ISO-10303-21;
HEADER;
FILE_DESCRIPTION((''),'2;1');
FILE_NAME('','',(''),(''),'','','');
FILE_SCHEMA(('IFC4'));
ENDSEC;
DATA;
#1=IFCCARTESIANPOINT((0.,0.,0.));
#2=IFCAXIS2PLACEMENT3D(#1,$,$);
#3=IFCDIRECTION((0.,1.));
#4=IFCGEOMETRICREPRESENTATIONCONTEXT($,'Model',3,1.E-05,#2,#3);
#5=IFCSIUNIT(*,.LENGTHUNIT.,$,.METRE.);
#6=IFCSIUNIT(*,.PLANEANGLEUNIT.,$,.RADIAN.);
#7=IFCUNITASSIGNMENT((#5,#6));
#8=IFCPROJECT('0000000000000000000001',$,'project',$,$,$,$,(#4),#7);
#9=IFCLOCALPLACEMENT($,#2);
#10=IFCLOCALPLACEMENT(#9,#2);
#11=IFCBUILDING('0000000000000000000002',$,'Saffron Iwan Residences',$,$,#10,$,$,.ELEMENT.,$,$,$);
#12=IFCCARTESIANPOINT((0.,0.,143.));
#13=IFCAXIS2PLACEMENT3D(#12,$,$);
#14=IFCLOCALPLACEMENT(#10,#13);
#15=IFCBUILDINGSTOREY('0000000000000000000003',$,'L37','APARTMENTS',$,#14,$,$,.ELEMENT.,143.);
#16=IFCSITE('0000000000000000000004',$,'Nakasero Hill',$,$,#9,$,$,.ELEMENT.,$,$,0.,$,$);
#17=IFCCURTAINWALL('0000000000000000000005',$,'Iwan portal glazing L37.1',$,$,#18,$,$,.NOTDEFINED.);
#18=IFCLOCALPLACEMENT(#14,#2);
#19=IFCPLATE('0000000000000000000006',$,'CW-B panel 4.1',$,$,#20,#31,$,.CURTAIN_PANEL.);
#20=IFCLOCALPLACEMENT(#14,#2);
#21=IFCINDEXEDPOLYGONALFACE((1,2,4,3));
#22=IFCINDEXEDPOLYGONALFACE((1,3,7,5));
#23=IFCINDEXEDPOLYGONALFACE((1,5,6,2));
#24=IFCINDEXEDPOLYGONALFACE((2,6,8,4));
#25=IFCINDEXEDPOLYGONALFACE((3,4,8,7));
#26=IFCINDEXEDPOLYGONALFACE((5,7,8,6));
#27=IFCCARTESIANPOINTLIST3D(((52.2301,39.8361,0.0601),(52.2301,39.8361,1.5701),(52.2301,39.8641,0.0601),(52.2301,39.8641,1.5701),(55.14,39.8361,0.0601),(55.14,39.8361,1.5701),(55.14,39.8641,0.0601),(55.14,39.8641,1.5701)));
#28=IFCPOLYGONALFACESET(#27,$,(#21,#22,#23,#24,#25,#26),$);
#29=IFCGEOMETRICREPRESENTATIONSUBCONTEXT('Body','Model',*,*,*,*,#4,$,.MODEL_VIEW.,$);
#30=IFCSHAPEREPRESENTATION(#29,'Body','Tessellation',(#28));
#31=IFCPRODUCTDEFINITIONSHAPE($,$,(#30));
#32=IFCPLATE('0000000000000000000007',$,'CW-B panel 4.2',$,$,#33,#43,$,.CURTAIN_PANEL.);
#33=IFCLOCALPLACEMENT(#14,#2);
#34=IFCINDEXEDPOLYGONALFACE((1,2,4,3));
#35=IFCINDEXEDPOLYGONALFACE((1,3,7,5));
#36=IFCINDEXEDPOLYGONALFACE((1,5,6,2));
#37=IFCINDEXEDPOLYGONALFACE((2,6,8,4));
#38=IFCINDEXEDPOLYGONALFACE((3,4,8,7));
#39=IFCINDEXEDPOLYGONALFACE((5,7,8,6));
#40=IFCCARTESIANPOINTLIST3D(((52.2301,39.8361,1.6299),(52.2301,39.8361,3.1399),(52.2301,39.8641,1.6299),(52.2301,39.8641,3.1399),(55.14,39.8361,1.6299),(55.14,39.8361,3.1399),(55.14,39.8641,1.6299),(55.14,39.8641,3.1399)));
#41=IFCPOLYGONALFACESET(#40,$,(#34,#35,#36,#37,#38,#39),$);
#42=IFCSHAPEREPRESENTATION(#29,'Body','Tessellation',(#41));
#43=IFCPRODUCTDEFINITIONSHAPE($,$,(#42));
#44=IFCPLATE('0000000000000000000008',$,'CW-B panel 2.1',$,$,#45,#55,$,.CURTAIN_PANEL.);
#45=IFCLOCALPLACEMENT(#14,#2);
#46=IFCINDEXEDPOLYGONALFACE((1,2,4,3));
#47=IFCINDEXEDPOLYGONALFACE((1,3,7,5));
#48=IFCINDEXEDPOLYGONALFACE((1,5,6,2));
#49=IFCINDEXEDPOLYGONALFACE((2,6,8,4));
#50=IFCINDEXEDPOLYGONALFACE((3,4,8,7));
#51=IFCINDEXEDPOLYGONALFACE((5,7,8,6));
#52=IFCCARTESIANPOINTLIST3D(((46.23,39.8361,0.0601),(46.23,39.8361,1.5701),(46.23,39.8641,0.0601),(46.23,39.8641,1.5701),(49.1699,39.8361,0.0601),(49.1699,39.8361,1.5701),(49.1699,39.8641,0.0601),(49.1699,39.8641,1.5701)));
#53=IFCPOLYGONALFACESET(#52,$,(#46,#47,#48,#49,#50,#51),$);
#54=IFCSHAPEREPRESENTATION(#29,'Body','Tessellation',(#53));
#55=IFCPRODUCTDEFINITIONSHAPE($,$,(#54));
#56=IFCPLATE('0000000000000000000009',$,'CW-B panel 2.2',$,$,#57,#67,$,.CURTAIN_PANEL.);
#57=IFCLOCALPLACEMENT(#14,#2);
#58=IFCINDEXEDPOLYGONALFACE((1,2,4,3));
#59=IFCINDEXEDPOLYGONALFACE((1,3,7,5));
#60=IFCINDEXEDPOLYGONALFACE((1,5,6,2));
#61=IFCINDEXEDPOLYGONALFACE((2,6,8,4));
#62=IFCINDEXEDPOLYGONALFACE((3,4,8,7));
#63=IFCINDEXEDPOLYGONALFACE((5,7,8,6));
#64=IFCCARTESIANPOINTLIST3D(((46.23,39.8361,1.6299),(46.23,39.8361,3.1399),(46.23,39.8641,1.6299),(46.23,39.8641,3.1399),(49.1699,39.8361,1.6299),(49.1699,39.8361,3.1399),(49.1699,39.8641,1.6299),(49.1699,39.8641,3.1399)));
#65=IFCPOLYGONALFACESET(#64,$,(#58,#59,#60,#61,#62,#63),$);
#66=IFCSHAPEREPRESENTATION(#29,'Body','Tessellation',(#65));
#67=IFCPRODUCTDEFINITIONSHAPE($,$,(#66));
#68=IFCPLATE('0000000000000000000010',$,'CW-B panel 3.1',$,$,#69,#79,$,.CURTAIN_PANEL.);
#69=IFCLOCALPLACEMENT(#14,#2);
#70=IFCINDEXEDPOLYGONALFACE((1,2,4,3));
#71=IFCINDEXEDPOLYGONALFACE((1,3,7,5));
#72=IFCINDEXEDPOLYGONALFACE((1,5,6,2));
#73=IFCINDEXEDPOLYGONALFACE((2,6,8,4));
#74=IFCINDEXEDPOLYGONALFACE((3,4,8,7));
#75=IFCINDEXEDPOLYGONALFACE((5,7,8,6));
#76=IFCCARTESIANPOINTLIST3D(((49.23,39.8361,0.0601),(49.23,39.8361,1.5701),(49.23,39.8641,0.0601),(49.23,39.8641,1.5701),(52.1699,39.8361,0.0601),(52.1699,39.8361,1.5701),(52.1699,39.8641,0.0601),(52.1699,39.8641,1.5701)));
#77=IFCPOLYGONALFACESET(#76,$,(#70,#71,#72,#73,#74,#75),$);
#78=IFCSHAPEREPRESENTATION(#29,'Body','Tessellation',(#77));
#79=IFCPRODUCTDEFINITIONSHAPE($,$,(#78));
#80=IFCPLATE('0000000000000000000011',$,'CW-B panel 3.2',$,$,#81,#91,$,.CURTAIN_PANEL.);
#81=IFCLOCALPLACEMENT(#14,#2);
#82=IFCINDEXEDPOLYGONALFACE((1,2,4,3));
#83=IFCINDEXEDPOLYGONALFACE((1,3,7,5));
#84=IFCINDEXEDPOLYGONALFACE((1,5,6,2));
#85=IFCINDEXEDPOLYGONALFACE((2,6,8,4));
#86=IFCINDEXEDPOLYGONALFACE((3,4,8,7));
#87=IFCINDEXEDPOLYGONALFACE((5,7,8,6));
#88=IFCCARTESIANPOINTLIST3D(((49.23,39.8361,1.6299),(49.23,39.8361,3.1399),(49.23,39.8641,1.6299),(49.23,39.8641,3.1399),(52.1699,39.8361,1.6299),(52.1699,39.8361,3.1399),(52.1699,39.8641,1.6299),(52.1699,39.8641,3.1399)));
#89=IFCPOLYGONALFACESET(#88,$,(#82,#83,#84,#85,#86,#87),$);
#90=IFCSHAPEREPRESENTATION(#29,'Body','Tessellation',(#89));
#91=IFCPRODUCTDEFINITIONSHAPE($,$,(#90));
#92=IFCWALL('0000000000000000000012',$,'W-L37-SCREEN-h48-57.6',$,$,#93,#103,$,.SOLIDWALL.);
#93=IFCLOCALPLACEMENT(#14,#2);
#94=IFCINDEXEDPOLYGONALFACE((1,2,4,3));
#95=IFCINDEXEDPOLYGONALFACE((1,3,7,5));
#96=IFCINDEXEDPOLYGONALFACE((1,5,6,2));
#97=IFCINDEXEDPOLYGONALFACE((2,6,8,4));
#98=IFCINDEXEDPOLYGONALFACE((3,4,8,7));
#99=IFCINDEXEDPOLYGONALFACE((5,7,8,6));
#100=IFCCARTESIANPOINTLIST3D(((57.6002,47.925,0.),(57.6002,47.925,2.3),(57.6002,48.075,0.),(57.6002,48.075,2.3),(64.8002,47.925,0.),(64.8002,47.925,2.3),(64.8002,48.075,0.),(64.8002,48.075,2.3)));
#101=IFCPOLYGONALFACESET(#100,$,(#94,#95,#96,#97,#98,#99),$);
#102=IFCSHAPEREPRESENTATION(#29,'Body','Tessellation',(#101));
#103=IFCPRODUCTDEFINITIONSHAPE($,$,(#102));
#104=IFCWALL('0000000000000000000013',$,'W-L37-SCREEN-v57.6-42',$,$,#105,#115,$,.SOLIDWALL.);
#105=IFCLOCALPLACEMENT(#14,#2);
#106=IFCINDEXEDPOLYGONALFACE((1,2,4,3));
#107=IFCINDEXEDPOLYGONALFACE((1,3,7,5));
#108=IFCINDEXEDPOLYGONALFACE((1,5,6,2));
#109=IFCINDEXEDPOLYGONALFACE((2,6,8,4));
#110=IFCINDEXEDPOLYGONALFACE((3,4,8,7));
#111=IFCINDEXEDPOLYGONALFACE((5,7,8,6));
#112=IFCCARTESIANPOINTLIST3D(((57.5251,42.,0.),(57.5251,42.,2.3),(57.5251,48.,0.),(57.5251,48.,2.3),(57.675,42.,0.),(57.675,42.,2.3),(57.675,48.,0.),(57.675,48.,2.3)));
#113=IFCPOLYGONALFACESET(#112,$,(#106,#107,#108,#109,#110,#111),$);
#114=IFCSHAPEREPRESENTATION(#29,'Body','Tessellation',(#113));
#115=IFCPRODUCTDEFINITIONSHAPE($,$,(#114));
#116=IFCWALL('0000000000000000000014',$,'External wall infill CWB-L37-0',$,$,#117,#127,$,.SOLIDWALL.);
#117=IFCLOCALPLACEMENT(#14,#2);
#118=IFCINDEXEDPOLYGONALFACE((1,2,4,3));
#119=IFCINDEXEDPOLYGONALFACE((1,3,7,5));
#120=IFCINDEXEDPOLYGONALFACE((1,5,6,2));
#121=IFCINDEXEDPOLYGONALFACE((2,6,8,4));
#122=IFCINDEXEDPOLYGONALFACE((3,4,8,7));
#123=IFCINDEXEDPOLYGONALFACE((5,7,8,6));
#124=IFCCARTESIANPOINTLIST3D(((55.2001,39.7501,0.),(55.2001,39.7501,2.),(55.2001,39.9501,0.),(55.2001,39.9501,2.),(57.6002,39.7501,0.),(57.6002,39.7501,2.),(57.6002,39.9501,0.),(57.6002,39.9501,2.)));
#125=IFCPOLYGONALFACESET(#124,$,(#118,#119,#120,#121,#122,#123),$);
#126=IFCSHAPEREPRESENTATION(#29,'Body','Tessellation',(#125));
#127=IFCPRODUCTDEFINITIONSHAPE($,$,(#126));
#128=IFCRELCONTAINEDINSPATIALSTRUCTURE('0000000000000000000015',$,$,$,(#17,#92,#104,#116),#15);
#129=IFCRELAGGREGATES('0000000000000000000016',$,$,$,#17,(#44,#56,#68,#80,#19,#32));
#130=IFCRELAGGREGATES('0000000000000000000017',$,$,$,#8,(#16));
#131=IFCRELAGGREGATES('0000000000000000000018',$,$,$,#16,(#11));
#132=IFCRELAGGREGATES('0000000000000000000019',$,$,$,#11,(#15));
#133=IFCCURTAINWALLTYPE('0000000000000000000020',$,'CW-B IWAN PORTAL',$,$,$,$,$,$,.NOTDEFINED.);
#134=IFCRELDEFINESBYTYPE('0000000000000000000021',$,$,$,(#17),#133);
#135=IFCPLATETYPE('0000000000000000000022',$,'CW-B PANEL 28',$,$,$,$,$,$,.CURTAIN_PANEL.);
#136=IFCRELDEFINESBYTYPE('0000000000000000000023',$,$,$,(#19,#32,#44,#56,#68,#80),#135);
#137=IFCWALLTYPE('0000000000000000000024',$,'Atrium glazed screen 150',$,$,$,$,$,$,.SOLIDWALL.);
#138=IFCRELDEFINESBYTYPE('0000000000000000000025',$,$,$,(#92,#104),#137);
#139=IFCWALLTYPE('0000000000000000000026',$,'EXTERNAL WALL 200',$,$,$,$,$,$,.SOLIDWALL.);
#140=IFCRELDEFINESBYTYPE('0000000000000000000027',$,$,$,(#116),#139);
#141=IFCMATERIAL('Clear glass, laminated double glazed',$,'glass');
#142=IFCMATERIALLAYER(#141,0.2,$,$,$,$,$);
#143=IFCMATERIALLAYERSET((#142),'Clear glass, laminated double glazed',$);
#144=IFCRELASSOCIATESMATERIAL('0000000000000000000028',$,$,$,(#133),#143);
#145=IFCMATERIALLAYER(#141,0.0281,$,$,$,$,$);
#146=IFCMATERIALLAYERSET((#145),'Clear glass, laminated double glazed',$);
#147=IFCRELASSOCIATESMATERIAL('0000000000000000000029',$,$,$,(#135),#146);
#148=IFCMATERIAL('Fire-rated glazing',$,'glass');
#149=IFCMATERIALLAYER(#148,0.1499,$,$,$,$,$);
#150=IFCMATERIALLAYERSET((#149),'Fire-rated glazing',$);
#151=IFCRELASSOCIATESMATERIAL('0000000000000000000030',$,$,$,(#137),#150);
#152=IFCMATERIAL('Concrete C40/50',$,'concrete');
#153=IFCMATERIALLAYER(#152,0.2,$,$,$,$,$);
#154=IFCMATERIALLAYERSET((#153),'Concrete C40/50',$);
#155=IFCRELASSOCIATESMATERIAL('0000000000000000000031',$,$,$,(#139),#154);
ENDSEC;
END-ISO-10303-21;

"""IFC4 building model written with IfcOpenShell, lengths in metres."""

from ifc_helpers import new_model, si_unit, direction, frame, frame_2d, origin, origin_2d, place, context, subcontext, project, spatial, rectangle, extrude, source, transform, mapped, material, layer, layer_set, type_object, element, aggregate, save


model = new_model("IFC4")

# Units and contexts
model_context = context("Model", 3, precision=1e-05, world=origin(), true_north=direction((0.0, 1.0)))
body_context = subcontext(model_context, "Body", "Model", "MODEL_VIEW")
ifc_project = project(units=[si_unit("LENGTHUNIT", "METRE"), si_unit("PLANEANGLEUNIT", "RADIAN")], contexts=[model_context])

# Site, building, storey
site_placement = place(None, origin())
site = spatial("IfcSite", under=ifc_project, at=site_placement, Name="Nakasero Hill", CompositionType="ELEMENT", RefElevation=0.0)
building_placement = place(site_placement, origin())
building = spatial("IfcBuilding", under=site, at=building_placement, Name="Saffron Iwan Residences", CompositionType="ELEMENT")
storey_placement = place(building_placement, frame((0.0, 0.0, 143.0)))
storey = spatial("IfcBuildingStorey", under=building, at=storey_placement, Name="L37", Description="APARTMENTS", CompositionType="ELEMENT", Elevation=143.0)

# Curtain wall, plates
ifc_material_1 = material(Name="Clear glass, laminated double glazed", Category="glass")
ifc_layer_1 = layer(ifc_material_1, 0.2)
ifc_layer_set_1 = layer_set([ifc_layer_1], Name="Clear glass, laminated double glazed")
curtain_wall_type = type_object("IfcCurtainWallType", Name="CW-B IWAN PORTAL", PredefinedType="NOTDEFINED", material=ifc_layer_set_1)
curtain_wall_placement = place(storey_placement, origin())
curtain_wall = element("IfcCurtainWall", 1, at=curtain_wall_placement, inside=storey, type_object=curtain_wall_type, Name="Iwan portal glazing L37.1", PredefinedType="NOTDEFINED")
ifc_layer_2 = layer(ifc_material_1, 0.0281)
ifc_layer_set_2 = layer_set([ifc_layer_2], Name="Clear glass, laminated double glazed")
plate_type = type_object("IfcPlateType", Name="CW-B PANEL 28", PredefinedType="CURTAIN_PANEL", material=ifc_layer_set_2)
shared_shape_1 = source(origin(), body_context, "Body", "SweptSolid", [
    extrude(rectangle(XDim=2.9099, YDim=0.0281, at=origin_2d()), origin(), (0.0, 0.0, 1.0), 1.51),
])
plate_1_placement = place(storey_placement, frame((53.6851, 39.8501, 0.0601), z_axis=(0.0, 0.0, 1.0), x_axis=(1.0, 0.0, 0.0)))
plate_1 = element("IfcPlate", 2, at=plate_1_placement, type_object=plate_type, Name="CW-B panel 4.1", PredefinedType="CURTAIN_PANEL", context=body_context, shape_type="MappedRepresentation", body=[
    mapped(shared_shape_1, transform((0.0, 0.0, 0.0))),
])
plate_2_placement = place(storey_placement, frame((53.6851, 39.8501, 1.6299), z_axis=(0.0, 0.0, 1.0), x_axis=(1.0, 0.0, 0.0)))
plate_2 = element("IfcPlate", 3, at=plate_2_placement, type_object=plate_type, Name="CW-B panel 4.2", PredefinedType="CURTAIN_PANEL", context=body_context, shape_type="MappedRepresentation", body=[
    mapped(shared_shape_1, transform((0.0, 0.0, 0.0))),
])
shared_shape_2 = source(origin(), body_context, "Body", "SweptSolid", [
    extrude(rectangle(XDim=2.9399, YDim=0.0281, at=origin_2d()), origin(), (0.0, 0.0, 1.0), 1.51),
])
plate_3_placement = place(storey_placement, frame((47.7, 39.8501, 0.0601), z_axis=(0.0, 0.0, 1.0), x_axis=(1.0, 0.0, 0.0)))
plate_3 = element("IfcPlate", 4, at=plate_3_placement, type_object=plate_type, Name="CW-B panel 2.1", PredefinedType="CURTAIN_PANEL", context=body_context, shape_type="MappedRepresentation", body=[
    mapped(shared_shape_2, transform((0.0, 0.0, 0.0))),
])
plate_4_placement = place(storey_placement, frame((47.7, 39.8501, 1.6299), z_axis=(0.0, 0.0, 1.0), x_axis=(1.0, 0.0, 0.0)))
plate_4 = element("IfcPlate", 5, at=plate_4_placement, type_object=plate_type, Name="CW-B panel 2.2", PredefinedType="CURTAIN_PANEL", context=body_context, shape_type="MappedRepresentation", body=[
    mapped(shared_shape_2, transform((0.0, 0.0, 0.0))),
])
plate_5_placement = place(storey_placement, frame((50.7, 39.8501, 0.0601), z_axis=(0.0, 0.0, 1.0), x_axis=(1.0, 0.0, 0.0)))
plate_5 = element("IfcPlate", 6, at=plate_5_placement, type_object=plate_type, Name="CW-B panel 3.1", PredefinedType="CURTAIN_PANEL", context=body_context, shape_type="MappedRepresentation", body=[
    mapped(shared_shape_2, transform((0.0, 0.0, 0.0))),
])
plate_6_placement = place(storey_placement, frame((50.7, 39.8501, 1.6299), z_axis=(0.0, 0.0, 1.0), x_axis=(1.0, 0.0, 0.0)))
plate_6 = element("IfcPlate", 7, at=plate_6_placement, type_object=plate_type, Name="CW-B panel 3.2", PredefinedType="CURTAIN_PANEL", context=body_context, shape_type="MappedRepresentation", body=[
    mapped(shared_shape_2, transform((0.0, 0.0, 0.0))),
])
aggregate(curtain_wall, [plate_3, plate_4, plate_5, plate_6, plate_1, plate_2])

# Walls
ifc_material_2 = material(Name="Fire-rated glazing", Category="glass")
ifc_layer_3 = layer(ifc_material_2, 0.1499)
ifc_layer_set_3 = layer_set([ifc_layer_3], Name="Fire-rated glazing")
wall_type_1 = type_object("IfcWallType", Name="Atrium glazed screen 150", PredefinedType="SOLIDWALL", material=ifc_layer_set_3)
wall_1_placement = place(storey_placement, frame((57.6001, 48.0, 0.0), z_axis=(0.0, 0.0, 1.0), x_axis=(1.0, 0.0, 0.0)))
element("IfcWall", 8, at=wall_1_placement, inside=storey, type_object=wall_type_1, Name="W-L37-SCREEN-h48-57.6", PredefinedType="SOLIDWALL", context=body_context, shape_type="SweptSolid", body=[
    extrude(rectangle(XDim=7.2, YDim=0.1499, at=frame_2d((3.6001, 0.0))), origin(), (0.0, 0.0, 1.0), 2.3),
])
wall_2_placement = place(storey_placement, frame((57.6001, 42.0, 0.0), z_axis=(0.0, 0.0, 1.0), x_axis=(0.0, 1.0, 0.0)))
element("IfcWall", 9, at=wall_2_placement, inside=storey, type_object=wall_type_1, Name="W-L37-SCREEN-v57.6-42", PredefinedType="SOLIDWALL", context=body_context, shape_type="SweptSolid", body=[
    extrude(rectangle(XDim=6.0, YDim=0.1499, at=frame_2d((3.0, 0.0))), origin(), (0.0, 0.0, 1.0), 2.3),
])
ifc_material_3 = material(Name="Concrete C40/50", Category="concrete")
ifc_layer_4 = layer(ifc_material_3, 0.2)
ifc_layer_set_4 = layer_set([ifc_layer_4], Name="Concrete C40/50")
wall_type_2 = type_object("IfcWallType", Name="EXTERNAL WALL 200", PredefinedType="SOLIDWALL", material=ifc_layer_set_4)
wall_3_placement = place(storey_placement, frame((55.2, 39.8501, 0.0), z_axis=(0.0, 0.0, 1.0), x_axis=(1.0, 0.0, 0.0)))
element("IfcWall", 10, at=wall_3_placement, inside=storey, type_object=wall_type_2, Name="External wall infill CWB-L37-0", PredefinedType="SOLIDWALL", context=body_context, shape_type="SweptSolid", body=[
    extrude(rectangle(XDim=2.4001, YDim=0.2, at=frame_2d((1.2002, 0.0))), origin(), (0.0, 0.0, 1.0), 2.0),
])

save(model, "model.ifc")
